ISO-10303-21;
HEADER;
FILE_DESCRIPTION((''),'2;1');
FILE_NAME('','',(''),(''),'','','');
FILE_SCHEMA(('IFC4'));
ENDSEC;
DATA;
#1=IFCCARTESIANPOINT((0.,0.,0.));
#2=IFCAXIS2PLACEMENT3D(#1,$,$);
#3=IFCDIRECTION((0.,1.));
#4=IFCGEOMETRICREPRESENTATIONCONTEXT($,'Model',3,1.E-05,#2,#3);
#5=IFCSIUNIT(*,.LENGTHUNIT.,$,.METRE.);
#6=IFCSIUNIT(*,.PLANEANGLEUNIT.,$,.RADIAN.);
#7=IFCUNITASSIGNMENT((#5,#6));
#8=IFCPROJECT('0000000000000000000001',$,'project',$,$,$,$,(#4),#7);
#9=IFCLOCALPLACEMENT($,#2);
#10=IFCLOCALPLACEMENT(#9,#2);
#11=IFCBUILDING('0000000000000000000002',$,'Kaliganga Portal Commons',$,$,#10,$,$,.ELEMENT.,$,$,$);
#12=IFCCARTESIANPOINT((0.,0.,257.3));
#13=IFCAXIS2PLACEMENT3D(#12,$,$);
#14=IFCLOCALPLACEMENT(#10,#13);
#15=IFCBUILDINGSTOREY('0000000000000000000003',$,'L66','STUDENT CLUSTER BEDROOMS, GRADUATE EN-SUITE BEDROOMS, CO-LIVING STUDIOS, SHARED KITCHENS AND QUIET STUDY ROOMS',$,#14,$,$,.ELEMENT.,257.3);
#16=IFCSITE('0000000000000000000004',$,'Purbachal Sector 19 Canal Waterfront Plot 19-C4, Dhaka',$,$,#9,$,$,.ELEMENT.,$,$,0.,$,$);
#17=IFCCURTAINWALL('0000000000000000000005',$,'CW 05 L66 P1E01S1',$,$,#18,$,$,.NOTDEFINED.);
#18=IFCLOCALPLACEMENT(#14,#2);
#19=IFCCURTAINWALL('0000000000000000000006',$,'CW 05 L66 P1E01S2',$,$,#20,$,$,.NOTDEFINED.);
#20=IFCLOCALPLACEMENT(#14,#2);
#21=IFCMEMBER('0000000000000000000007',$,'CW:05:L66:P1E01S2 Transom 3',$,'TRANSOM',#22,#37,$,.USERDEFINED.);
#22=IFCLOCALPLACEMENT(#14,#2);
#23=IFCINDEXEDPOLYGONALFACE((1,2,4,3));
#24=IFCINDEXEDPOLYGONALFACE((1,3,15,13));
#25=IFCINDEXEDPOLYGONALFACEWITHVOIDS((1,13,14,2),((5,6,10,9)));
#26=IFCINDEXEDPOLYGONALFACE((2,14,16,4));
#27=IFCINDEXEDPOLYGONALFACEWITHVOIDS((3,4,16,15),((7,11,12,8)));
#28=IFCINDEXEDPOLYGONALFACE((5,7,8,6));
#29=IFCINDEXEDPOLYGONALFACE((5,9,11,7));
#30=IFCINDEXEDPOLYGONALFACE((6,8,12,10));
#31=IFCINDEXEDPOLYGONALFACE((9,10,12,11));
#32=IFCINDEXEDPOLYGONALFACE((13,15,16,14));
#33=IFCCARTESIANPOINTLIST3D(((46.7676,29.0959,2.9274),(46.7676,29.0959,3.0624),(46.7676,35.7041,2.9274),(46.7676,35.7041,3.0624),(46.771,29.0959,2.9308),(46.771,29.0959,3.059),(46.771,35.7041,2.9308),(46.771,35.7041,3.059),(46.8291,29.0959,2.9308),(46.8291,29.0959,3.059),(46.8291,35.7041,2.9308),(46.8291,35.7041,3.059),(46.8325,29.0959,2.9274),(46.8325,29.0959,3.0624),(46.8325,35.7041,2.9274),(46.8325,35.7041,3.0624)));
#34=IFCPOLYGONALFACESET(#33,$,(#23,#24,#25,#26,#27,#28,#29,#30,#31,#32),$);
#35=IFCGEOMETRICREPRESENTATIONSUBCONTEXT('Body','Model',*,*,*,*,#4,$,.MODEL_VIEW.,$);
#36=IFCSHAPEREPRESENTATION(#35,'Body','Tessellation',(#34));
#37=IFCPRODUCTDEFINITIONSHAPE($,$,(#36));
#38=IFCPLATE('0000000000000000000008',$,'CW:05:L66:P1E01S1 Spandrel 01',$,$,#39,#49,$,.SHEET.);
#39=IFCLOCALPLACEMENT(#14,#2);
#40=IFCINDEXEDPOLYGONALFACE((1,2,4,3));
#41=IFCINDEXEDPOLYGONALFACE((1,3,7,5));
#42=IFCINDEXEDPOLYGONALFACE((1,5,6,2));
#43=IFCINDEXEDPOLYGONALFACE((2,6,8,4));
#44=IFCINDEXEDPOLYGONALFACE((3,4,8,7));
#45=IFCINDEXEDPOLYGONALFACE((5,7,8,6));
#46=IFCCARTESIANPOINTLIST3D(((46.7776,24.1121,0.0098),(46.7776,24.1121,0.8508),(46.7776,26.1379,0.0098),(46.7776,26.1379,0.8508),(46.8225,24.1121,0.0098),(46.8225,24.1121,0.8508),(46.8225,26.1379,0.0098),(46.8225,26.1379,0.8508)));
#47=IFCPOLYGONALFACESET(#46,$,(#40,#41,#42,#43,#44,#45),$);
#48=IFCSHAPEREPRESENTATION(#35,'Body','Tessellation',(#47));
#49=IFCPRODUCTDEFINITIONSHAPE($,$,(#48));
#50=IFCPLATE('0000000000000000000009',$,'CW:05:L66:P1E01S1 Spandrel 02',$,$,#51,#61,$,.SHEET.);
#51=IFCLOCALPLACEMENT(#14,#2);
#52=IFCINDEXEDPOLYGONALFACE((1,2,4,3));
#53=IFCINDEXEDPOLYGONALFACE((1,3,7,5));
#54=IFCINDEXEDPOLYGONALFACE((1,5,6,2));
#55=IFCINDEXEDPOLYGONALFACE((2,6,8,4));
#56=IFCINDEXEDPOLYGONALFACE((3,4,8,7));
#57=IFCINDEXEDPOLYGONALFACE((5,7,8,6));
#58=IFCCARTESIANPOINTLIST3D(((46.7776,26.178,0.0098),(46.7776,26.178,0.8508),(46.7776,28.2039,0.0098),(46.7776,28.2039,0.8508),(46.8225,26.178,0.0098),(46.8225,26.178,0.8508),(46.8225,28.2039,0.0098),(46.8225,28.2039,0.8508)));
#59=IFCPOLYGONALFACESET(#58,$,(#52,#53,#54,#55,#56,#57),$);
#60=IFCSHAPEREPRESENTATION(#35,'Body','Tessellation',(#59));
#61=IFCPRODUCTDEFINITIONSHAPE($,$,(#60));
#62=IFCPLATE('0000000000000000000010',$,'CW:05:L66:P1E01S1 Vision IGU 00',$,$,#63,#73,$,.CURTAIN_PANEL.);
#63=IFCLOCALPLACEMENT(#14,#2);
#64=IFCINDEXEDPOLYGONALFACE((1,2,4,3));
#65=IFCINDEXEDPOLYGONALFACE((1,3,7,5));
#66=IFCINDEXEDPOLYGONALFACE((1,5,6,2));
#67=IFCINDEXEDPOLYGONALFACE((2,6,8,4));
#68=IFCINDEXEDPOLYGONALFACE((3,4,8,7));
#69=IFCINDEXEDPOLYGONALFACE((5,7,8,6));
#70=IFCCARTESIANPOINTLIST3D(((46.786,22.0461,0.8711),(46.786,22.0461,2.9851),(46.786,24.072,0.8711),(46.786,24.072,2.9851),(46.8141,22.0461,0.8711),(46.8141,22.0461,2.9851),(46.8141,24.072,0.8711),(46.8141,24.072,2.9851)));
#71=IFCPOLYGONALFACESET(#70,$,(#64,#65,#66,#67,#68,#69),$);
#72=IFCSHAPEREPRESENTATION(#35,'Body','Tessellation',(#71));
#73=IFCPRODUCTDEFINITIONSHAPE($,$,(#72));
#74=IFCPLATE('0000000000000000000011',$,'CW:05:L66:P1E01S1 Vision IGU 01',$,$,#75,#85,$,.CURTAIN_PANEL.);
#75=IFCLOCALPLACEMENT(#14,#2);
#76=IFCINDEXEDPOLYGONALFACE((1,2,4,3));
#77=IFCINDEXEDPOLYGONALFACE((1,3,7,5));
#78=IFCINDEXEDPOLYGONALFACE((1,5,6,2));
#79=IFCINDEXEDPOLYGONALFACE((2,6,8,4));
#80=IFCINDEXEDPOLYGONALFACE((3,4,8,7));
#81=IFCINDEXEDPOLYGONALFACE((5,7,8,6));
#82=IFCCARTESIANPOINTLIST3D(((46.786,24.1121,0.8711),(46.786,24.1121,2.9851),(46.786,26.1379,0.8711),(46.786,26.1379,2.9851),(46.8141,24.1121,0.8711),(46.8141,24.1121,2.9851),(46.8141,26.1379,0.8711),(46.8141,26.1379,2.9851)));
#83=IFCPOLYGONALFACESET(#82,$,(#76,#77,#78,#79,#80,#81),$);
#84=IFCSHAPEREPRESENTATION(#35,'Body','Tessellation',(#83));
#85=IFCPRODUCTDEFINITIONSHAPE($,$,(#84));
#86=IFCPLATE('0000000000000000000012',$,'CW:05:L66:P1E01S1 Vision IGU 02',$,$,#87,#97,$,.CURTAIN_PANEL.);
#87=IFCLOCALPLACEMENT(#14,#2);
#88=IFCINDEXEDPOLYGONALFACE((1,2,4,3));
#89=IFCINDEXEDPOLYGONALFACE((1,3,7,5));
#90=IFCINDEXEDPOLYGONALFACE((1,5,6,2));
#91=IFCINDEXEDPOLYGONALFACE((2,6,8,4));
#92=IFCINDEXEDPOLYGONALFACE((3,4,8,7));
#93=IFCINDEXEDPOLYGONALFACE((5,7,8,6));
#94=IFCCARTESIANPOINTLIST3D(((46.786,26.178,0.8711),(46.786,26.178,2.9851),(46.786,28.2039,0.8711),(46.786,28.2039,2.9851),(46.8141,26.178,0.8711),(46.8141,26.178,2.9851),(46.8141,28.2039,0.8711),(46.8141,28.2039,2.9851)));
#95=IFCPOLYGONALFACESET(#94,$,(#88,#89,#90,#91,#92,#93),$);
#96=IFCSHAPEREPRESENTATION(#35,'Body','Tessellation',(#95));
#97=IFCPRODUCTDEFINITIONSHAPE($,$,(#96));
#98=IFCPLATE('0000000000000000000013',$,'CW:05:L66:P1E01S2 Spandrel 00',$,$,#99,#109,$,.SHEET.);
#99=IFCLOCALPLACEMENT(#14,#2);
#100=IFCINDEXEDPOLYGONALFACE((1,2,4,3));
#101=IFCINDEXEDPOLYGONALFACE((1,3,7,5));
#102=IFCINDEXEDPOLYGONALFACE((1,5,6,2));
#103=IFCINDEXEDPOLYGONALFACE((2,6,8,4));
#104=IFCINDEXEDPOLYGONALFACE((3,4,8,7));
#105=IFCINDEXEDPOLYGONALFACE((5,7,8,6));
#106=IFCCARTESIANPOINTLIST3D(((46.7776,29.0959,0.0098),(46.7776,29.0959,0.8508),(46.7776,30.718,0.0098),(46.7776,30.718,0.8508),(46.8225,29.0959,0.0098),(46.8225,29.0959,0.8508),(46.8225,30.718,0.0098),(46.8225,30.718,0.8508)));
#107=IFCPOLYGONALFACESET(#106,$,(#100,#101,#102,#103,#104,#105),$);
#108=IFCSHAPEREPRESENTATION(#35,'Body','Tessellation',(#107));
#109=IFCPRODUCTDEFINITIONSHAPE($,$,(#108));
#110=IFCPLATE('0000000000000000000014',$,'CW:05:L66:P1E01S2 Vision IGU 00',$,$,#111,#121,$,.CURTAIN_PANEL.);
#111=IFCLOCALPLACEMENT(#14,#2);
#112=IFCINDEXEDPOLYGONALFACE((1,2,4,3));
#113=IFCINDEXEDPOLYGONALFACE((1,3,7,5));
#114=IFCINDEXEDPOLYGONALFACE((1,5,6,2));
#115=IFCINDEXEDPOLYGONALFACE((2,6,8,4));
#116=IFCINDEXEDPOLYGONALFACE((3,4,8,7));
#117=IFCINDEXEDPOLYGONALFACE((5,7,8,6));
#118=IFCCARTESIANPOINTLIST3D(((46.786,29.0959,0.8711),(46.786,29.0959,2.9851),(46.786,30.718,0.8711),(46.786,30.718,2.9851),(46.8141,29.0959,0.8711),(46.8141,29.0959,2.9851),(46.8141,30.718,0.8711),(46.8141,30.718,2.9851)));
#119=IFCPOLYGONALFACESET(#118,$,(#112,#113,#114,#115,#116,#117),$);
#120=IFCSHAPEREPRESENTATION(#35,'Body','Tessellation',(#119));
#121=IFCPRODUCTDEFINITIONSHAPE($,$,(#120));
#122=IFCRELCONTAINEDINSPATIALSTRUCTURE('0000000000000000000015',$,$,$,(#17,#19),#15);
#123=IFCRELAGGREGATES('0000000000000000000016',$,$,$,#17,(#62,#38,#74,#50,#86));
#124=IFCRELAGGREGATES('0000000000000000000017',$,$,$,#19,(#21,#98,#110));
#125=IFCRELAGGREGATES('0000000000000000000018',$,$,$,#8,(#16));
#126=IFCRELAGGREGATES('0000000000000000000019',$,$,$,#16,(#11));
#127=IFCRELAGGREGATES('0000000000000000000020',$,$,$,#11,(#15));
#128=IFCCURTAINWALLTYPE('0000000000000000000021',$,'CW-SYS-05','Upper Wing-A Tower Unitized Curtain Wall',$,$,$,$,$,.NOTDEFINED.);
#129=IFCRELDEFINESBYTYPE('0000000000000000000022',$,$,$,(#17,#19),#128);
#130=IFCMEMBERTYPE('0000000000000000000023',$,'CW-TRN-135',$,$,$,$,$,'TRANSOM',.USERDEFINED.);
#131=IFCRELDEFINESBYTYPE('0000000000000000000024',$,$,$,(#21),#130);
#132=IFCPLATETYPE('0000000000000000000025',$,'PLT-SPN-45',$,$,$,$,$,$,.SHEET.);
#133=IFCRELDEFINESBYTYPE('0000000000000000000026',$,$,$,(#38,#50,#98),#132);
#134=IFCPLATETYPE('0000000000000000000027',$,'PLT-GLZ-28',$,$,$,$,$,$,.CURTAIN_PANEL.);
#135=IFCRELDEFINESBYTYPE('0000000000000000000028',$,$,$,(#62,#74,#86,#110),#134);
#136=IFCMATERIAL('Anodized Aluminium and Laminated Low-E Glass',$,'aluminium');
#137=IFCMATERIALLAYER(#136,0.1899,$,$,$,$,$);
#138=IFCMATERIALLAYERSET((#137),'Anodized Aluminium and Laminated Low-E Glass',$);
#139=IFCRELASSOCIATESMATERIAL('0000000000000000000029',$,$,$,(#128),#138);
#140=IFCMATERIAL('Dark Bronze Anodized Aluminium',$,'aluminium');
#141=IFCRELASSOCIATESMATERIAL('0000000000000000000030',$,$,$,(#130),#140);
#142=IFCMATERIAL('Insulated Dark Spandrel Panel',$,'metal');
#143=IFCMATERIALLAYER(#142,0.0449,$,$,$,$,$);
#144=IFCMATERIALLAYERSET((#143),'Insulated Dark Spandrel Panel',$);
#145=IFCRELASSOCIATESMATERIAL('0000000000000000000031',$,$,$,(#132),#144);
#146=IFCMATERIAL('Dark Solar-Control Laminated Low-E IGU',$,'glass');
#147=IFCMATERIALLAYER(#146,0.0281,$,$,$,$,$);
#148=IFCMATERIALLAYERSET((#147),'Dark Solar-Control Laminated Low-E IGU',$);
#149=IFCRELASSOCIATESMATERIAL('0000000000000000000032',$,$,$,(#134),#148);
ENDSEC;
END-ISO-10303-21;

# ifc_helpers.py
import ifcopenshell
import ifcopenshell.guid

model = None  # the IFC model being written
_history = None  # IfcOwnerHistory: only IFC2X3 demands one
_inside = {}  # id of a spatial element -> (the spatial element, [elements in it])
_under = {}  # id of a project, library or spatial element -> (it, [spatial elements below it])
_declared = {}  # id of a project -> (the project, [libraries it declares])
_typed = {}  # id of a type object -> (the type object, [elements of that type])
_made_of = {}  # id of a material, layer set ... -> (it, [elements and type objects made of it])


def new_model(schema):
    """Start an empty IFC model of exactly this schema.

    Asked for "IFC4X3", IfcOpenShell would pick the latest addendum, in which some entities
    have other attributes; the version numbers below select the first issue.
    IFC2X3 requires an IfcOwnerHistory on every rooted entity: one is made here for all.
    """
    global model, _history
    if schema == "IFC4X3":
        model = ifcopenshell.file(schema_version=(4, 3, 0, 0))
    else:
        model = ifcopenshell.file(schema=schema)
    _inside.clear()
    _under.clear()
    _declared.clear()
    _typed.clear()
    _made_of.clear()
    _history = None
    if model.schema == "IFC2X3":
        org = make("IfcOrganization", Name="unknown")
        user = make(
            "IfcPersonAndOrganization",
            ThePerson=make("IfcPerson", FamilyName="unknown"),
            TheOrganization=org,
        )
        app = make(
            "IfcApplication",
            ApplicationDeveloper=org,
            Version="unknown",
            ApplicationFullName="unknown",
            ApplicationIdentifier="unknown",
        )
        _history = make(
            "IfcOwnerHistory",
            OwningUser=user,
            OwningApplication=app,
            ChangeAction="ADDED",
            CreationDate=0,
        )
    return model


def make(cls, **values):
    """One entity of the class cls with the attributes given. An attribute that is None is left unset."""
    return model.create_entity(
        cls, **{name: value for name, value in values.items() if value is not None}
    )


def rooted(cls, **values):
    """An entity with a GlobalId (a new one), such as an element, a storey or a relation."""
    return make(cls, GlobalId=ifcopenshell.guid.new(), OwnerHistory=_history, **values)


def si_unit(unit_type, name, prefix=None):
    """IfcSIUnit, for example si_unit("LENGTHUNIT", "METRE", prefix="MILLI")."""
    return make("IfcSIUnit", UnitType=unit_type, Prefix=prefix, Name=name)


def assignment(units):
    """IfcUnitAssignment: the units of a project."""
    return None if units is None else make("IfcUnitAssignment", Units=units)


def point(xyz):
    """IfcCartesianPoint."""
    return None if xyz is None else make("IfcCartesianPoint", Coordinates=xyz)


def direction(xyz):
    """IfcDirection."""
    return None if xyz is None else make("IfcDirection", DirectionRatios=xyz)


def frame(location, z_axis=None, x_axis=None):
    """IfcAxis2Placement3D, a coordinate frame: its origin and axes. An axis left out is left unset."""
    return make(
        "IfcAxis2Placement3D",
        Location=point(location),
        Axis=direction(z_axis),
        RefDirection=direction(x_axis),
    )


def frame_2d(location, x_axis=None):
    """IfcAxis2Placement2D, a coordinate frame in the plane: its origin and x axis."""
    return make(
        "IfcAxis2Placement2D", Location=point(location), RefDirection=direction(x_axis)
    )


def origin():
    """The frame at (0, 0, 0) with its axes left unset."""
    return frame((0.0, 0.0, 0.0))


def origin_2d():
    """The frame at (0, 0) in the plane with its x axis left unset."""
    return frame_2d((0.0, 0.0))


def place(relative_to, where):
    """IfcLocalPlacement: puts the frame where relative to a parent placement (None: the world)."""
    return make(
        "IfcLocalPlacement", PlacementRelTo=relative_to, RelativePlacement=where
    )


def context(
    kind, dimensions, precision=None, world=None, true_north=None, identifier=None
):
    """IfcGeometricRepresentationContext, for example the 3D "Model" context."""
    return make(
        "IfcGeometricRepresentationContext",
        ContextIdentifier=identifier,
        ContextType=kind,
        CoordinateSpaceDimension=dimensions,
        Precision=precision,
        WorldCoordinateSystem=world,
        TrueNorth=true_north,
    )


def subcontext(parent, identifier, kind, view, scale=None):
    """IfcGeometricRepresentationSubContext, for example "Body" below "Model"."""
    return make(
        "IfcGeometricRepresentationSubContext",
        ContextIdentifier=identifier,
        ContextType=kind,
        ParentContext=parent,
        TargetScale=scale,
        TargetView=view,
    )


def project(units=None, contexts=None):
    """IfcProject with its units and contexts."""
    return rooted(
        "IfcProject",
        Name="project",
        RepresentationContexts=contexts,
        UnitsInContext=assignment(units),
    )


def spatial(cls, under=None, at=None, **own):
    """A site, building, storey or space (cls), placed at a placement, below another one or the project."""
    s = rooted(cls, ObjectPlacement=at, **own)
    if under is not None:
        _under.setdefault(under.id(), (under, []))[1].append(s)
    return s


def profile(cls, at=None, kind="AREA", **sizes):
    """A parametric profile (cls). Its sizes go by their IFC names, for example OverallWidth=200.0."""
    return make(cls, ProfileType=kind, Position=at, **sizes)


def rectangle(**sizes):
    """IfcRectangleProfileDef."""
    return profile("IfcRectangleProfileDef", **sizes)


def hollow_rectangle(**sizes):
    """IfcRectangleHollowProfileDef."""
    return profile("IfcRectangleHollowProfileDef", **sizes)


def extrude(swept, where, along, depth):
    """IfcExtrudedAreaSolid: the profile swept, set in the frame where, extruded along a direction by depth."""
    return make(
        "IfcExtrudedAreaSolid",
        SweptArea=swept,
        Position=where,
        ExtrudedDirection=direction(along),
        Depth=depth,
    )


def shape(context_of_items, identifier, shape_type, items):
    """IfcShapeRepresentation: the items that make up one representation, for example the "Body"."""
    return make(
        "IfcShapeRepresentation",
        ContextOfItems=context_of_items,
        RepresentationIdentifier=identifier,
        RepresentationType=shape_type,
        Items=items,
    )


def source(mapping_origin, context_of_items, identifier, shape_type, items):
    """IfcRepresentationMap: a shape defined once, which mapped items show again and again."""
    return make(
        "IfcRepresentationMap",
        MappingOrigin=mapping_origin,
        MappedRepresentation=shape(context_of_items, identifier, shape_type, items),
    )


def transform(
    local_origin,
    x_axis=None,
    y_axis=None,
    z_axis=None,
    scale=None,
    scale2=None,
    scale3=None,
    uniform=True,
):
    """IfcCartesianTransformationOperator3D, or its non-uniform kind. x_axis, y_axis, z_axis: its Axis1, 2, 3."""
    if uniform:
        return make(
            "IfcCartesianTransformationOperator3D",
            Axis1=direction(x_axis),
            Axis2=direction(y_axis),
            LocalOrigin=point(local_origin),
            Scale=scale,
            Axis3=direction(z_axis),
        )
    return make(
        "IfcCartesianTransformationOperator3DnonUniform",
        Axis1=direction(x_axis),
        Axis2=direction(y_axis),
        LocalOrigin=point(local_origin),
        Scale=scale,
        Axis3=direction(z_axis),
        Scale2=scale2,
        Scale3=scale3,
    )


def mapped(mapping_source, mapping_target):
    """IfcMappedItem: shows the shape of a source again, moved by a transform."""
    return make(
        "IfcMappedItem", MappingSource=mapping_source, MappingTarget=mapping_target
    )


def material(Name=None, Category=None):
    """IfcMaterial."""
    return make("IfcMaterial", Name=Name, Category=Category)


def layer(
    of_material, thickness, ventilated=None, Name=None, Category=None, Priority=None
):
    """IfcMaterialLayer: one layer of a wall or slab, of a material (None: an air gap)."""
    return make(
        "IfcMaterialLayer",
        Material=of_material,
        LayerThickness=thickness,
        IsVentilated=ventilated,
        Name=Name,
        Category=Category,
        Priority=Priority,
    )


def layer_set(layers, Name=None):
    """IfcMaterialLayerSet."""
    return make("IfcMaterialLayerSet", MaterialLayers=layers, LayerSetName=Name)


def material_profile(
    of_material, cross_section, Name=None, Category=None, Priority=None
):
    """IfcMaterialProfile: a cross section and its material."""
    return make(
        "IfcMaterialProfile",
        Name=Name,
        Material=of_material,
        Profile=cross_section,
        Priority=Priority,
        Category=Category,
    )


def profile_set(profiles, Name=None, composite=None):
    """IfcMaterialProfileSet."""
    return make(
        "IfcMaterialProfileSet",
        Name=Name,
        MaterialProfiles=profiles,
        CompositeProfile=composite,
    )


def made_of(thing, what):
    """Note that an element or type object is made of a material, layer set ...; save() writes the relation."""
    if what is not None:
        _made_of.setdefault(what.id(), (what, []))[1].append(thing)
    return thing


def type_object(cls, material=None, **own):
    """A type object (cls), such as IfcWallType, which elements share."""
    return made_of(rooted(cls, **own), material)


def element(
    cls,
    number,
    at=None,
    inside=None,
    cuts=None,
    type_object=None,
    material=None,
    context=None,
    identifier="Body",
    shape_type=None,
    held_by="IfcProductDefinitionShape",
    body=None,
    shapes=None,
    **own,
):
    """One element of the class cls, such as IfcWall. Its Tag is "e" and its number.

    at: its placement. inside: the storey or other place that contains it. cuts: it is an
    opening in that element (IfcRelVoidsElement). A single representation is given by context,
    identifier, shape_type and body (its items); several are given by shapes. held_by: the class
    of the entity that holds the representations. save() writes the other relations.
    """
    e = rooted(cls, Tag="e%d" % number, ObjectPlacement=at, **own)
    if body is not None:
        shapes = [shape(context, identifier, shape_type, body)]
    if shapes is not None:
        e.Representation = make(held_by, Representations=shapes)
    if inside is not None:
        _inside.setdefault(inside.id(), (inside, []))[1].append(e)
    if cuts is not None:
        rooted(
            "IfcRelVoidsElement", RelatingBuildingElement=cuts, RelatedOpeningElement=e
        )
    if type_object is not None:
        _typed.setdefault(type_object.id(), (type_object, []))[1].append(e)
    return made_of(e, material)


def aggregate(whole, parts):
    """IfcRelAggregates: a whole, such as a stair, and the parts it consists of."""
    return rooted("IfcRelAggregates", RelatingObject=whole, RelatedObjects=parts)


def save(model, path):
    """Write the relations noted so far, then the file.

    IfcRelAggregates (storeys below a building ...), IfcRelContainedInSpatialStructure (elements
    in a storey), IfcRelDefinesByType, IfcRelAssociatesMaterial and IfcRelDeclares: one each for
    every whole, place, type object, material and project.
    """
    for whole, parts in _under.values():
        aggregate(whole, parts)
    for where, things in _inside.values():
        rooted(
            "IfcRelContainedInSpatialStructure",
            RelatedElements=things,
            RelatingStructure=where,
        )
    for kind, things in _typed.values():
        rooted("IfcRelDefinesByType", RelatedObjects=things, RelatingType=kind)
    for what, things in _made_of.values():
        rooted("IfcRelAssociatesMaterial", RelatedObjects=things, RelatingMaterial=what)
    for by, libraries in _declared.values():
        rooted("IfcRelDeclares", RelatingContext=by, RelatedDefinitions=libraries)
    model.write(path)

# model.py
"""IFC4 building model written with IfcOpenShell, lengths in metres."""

from ifc_helpers import new_model, si_unit, direction, frame, origin, origin_2d, place, context, subcontext, project, spatial, rectangle, hollow_rectangle, extrude, source, transform, mapped, material, layer, layer_set, material_profile, profile_set, type_object, element, aggregate, save


model = new_model("IFC4")

# Units and contexts
model_context = context("Model", 3, precision=1e-05, world=origin(), true_north=direction((0.0, 1.0)))
body_context = subcontext(model_context, "Body", "Model", "MODEL_VIEW")
ifc_project = project(units=[si_unit("LENGTHUNIT", "METRE"), si_unit("PLANEANGLEUNIT", "RADIAN")], contexts=[model_context])

# Site, building, storey
site_placement = place(None, origin())
site = spatial("IfcSite", under=ifc_project, at=site_placement, Name="Purbachal Sector 19 Canal Waterfront Plot 19-C4, Dhaka", CompositionType="ELEMENT", RefElevation=0.0)
building_placement = place(site_placement, origin())
building = spatial("IfcBuilding", under=site, at=building_placement, Name="Kaliganga Portal Commons", CompositionType="ELEMENT")
storey_placement = place(building_placement, frame((0.0, 0.0, 257.3)))
storey = spatial("IfcBuildingStorey", under=building, at=storey_placement, Name="L66", Description="STUDENT CLUSTER BEDROOMS, GRADUATE EN-SUITE BEDROOMS, CO-LIVING STUDIOS, SHARED KITCHENS AND QUIET STUDY ROOMS", CompositionType="ELEMENT", Elevation=257.3)

# Curtain walls, member
ifc_material_1 = material(Name="Anodized Aluminium and Laminated Low-E Glass", Category="aluminium")
ifc_layer_1 = layer(ifc_material_1, 0.1899)
ifc_layer_set_1 = layer_set([ifc_layer_1], Name="Anodized Aluminium and Laminated Low-E Glass")
curtain_wall_type = type_object("IfcCurtainWallType", Name="CW-SYS-05", Description="Upper Wing-A Tower Unitized Curtain Wall", PredefinedType="NOTDEFINED", material=ifc_layer_set_1)
curtain_wall_1_placement = place(storey_placement, origin())
curtain_wall_1 = element("IfcCurtainWall", 1, at=curtain_wall_1_placement, inside=storey, type_object=curtain_wall_type, Name="CW 05 L66 P1E01S1", PredefinedType="NOTDEFINED")
ifc_material_2 = material(Name="Dark Bronze Anodized Aluminium", Category="aluminium")
curtain_wall_2_placement = place(storey_placement, origin())
curtain_wall_2 = element("IfcCurtainWall", 2, at=curtain_wall_2_placement, inside=storey, type_object=curtain_wall_type, Name="CW 05 L66 P1E01S2", PredefinedType="NOTDEFINED")
ifc_material_profile_1 = material_profile(ifc_material_2, hollow_rectangle(XDim=0.0649, YDim=0.135, WallThickness=0.0034, at=origin_2d()), Name="ALU TRAN 65x135x3.5")
ifc_profile_set_1 = profile_set([ifc_material_profile_1], Name="Dark Bronze Anodized Aluminium")
member_type_1 = type_object("IfcMemberType", Name="CW-TRN-135", ElementType="TRANSOM", PredefinedType="USERDEFINED", material=ifc_profile_set_1)
shared_shape_1 = source(origin(), body_context, "Body", "SweptSolid", [
    extrude(hollow_rectangle(XDim=0.0649, YDim=0.135, WallThickness=0.0034, at=origin_2d()), origin(), (0.0, 0.0, 1.0), 6.6082),
])
member_1_placement = place(storey_placement, frame((46.8, 29.0959, 2.9949), z_axis=(0.0, 1.0, 0.0), x_axis=(-1.0, 0.0, 0.0)))
member_1 = element("IfcMember", 3, at=member_1_placement, type_object=member_type_1, Name="CW:05:L66:P1E01S2 Transom 3", ObjectType="TRANSOM", PredefinedType="USERDEFINED", context=body_context, shape_type="MappedRepresentation", body=[
    mapped(shared_shape_1, transform((0.0, 0.0, 0.0), x_axis=(1.0, 0.0, 0.0), y_axis=(0.0, 1.0, 0.0), z_axis=(0.0, 0.0, 1.0), scale=1.0)),
])

# Plates
ifc_material_3 = material(Name="Insulated Dark Spandrel Panel", Category="metal")
ifc_layer_2 = layer(ifc_material_3, 0.0449)
ifc_layer_set_2 = layer_set([ifc_layer_2], Name="Insulated Dark Spandrel Panel")
plate_type_1 = type_object("IfcPlateType", Name="PLT-SPN-45", PredefinedType="SHEET", material=ifc_layer_set_2)
shared_shape_2 = source(origin(), body_context, "Body", "SweptSolid", [
    extrude(rectangle(XDim=2.0259, YDim=0.0449, at=origin_2d()), origin(), (0.0, 0.0, 1.0), 0.8411),
])
plate_1_placement = place(storey_placement, frame((46.8, 25.125, 0.0098), z_axis=(0.0, 0.0, 1.0), x_axis=(0.0, 1.0, 0.0)))
plate_1 = element("IfcPlate", 4, at=plate_1_placement, type_object=plate_type_1, Name="CW:05:L66:P1E01S1 Spandrel 01", PredefinedType="SHEET", context=body_context, shape_type="MappedRepresentation", body=[
    mapped(shared_shape_2, transform((0.0, 0.0, 0.0), x_axis=(1.0, 0.0, 0.0), y_axis=(0.0, 1.0, 0.0), z_axis=(0.0, 0.0, 1.0), scale=1.0)),
])
plate_2_placement = place(storey_placement, frame((46.8, 27.1909, 0.0098), z_axis=(0.0, 0.0, 1.0), x_axis=(0.0, 1.0, 0.0)))
plate_2 = element("IfcPlate", 5, at=plate_2_placement, type_object=plate_type_1, Name="CW:05:L66:P1E01S1 Spandrel 02", PredefinedType="SHEET", context=body_context, shape_type="MappedRepresentation", body=[
    mapped(shared_shape_2, transform((0.0, 0.0, 0.0), x_axis=(1.0, 0.0, 0.0), y_axis=(0.0, 1.0, 0.0), z_axis=(0.0, 0.0, 1.0), scale=1.0)),
])
ifc_material_4 = material(Name="Dark Solar-Control Laminated Low-E IGU", Category="glass")
ifc_layer_3 = layer(ifc_material_4, 0.0281)
ifc_layer_set_3 = layer_set([ifc_layer_3], Name="Dark Solar-Control Laminated Low-E IGU")
plate_type_2 = type_object("IfcPlateType", Name="PLT-GLZ-28", PredefinedType="CURTAIN_PANEL", material=ifc_layer_set_3)
shared_shape_3 = source(origin(), body_context, "Body", "SweptSolid", [
    extrude(rectangle(XDim=2.0259, YDim=0.0281, at=origin_2d()), origin(), (0.0, 0.0, 1.0), 2.114),
])
plate_3_placement = place(storey_placement, frame((46.8, 23.0591, 0.8711), z_axis=(0.0, 0.0, 1.0), x_axis=(0.0, 1.0, 0.0)))
plate_3 = element("IfcPlate", 6, at=plate_3_placement, type_object=plate_type_2, Name="CW:05:L66:P1E01S1 Vision IGU 00", PredefinedType="CURTAIN_PANEL", context=body_context, shape_type="MappedRepresentation", body=[
    mapped(shared_shape_3, transform((0.0, 0.0, 0.0), x_axis=(1.0, 0.0, 0.0), y_axis=(0.0, 1.0, 0.0), z_axis=(0.0, 0.0, 1.0), scale=1.0)),
])
plate_4_placement = place(storey_placement, frame((46.8, 25.125, 0.8711), z_axis=(0.0, 0.0, 1.0), x_axis=(0.0, 1.0, 0.0)))
plate_4 = element("IfcPlate", 7, at=plate_4_placement, type_object=plate_type_2, Name="CW:05:L66:P1E01S1 Vision IGU 01", PredefinedType="CURTAIN_PANEL", context=body_context, shape_type="MappedRepresentation", body=[
    mapped(shared_shape_3, transform((0.0, 0.0, 0.0), x_axis=(1.0, 0.0, 0.0), y_axis=(0.0, 1.0, 0.0), z_axis=(0.0, 0.0, 1.0), scale=1.0)),
])
plate_5_placement = place(storey_placement, frame((46.8, 27.1909, 0.8711), z_axis=(0.0, 0.0, 1.0), x_axis=(0.0, 1.0, 0.0)))
plate_5 = element("IfcPlate", 8, at=plate_5_placement, type_object=plate_type_2, Name="CW:05:L66:P1E01S1 Vision IGU 02", PredefinedType="CURTAIN_PANEL", context=body_context, shape_type="MappedRepresentation", body=[
    mapped(shared_shape_3, transform((0.0, 0.0, 0.0), x_axis=(1.0, 0.0, 0.0), y_axis=(0.0, 1.0, 0.0), z_axis=(0.0, 0.0, 1.0), scale=1.0)),
])
aggregate(curtain_wall_1, [plate_3, plate_1, plate_4, plate_2, plate_5])
shared_shape_4 = source(origin(), body_context, "Body", "SweptSolid", [
    extrude(rectangle(XDim=1.6221, YDim=0.0449, at=origin_2d()), origin(), (0.0, 0.0, 1.0), 0.8411),
])
plate_6_placement = place(storey_placement, frame((46.8, 29.907, 0.0098), z_axis=(0.0, 0.0, 1.0), x_axis=(0.0, 1.0, 0.0)))
plate_6 = element("IfcPlate", 9, at=plate_6_placement, type_object=plate_type_1, Name="CW:05:L66:P1E01S2 Spandrel 00", PredefinedType="SHEET", context=body_context, shape_type="MappedRepresentation", body=[
    mapped(shared_shape_4, transform((0.0, 0.0, 0.0), x_axis=(1.0, 0.0, 0.0), y_axis=(0.0, 1.0, 0.0), z_axis=(0.0, 0.0, 1.0), scale=1.0)),
])
shared_shape_5 = source(origin(), body_context, "Body", "SweptSolid", [
    extrude(rectangle(XDim=1.6221, YDim=0.0281, at=origin_2d()), origin(), (0.0, 0.0, 1.0), 2.114),
])
plate_7_placement = place(storey_placement, frame((46.8, 29.907, 0.8711), z_axis=(0.0, 0.0, 1.0), x_axis=(0.0, 1.0, 0.0)))
plate_7 = element("IfcPlate", 10, at=plate_7_placement, type_object=plate_type_2, Name="CW:05:L66:P1E01S2 Vision IGU 00", PredefinedType="CURTAIN_PANEL", context=body_context, shape_type="MappedRepresentation", body=[
    mapped(shared_shape_5, transform((0.0, 0.0, 0.0), x_axis=(1.0, 0.0, 0.0), y_axis=(0.0, 1.0, 0.0), z_axis=(0.0, 0.0, 1.0), scale=1.0)),
])
aggregate(curtain_wall_2, [member_1, plate_6, plate_7])

save(model, "model.ifc")
